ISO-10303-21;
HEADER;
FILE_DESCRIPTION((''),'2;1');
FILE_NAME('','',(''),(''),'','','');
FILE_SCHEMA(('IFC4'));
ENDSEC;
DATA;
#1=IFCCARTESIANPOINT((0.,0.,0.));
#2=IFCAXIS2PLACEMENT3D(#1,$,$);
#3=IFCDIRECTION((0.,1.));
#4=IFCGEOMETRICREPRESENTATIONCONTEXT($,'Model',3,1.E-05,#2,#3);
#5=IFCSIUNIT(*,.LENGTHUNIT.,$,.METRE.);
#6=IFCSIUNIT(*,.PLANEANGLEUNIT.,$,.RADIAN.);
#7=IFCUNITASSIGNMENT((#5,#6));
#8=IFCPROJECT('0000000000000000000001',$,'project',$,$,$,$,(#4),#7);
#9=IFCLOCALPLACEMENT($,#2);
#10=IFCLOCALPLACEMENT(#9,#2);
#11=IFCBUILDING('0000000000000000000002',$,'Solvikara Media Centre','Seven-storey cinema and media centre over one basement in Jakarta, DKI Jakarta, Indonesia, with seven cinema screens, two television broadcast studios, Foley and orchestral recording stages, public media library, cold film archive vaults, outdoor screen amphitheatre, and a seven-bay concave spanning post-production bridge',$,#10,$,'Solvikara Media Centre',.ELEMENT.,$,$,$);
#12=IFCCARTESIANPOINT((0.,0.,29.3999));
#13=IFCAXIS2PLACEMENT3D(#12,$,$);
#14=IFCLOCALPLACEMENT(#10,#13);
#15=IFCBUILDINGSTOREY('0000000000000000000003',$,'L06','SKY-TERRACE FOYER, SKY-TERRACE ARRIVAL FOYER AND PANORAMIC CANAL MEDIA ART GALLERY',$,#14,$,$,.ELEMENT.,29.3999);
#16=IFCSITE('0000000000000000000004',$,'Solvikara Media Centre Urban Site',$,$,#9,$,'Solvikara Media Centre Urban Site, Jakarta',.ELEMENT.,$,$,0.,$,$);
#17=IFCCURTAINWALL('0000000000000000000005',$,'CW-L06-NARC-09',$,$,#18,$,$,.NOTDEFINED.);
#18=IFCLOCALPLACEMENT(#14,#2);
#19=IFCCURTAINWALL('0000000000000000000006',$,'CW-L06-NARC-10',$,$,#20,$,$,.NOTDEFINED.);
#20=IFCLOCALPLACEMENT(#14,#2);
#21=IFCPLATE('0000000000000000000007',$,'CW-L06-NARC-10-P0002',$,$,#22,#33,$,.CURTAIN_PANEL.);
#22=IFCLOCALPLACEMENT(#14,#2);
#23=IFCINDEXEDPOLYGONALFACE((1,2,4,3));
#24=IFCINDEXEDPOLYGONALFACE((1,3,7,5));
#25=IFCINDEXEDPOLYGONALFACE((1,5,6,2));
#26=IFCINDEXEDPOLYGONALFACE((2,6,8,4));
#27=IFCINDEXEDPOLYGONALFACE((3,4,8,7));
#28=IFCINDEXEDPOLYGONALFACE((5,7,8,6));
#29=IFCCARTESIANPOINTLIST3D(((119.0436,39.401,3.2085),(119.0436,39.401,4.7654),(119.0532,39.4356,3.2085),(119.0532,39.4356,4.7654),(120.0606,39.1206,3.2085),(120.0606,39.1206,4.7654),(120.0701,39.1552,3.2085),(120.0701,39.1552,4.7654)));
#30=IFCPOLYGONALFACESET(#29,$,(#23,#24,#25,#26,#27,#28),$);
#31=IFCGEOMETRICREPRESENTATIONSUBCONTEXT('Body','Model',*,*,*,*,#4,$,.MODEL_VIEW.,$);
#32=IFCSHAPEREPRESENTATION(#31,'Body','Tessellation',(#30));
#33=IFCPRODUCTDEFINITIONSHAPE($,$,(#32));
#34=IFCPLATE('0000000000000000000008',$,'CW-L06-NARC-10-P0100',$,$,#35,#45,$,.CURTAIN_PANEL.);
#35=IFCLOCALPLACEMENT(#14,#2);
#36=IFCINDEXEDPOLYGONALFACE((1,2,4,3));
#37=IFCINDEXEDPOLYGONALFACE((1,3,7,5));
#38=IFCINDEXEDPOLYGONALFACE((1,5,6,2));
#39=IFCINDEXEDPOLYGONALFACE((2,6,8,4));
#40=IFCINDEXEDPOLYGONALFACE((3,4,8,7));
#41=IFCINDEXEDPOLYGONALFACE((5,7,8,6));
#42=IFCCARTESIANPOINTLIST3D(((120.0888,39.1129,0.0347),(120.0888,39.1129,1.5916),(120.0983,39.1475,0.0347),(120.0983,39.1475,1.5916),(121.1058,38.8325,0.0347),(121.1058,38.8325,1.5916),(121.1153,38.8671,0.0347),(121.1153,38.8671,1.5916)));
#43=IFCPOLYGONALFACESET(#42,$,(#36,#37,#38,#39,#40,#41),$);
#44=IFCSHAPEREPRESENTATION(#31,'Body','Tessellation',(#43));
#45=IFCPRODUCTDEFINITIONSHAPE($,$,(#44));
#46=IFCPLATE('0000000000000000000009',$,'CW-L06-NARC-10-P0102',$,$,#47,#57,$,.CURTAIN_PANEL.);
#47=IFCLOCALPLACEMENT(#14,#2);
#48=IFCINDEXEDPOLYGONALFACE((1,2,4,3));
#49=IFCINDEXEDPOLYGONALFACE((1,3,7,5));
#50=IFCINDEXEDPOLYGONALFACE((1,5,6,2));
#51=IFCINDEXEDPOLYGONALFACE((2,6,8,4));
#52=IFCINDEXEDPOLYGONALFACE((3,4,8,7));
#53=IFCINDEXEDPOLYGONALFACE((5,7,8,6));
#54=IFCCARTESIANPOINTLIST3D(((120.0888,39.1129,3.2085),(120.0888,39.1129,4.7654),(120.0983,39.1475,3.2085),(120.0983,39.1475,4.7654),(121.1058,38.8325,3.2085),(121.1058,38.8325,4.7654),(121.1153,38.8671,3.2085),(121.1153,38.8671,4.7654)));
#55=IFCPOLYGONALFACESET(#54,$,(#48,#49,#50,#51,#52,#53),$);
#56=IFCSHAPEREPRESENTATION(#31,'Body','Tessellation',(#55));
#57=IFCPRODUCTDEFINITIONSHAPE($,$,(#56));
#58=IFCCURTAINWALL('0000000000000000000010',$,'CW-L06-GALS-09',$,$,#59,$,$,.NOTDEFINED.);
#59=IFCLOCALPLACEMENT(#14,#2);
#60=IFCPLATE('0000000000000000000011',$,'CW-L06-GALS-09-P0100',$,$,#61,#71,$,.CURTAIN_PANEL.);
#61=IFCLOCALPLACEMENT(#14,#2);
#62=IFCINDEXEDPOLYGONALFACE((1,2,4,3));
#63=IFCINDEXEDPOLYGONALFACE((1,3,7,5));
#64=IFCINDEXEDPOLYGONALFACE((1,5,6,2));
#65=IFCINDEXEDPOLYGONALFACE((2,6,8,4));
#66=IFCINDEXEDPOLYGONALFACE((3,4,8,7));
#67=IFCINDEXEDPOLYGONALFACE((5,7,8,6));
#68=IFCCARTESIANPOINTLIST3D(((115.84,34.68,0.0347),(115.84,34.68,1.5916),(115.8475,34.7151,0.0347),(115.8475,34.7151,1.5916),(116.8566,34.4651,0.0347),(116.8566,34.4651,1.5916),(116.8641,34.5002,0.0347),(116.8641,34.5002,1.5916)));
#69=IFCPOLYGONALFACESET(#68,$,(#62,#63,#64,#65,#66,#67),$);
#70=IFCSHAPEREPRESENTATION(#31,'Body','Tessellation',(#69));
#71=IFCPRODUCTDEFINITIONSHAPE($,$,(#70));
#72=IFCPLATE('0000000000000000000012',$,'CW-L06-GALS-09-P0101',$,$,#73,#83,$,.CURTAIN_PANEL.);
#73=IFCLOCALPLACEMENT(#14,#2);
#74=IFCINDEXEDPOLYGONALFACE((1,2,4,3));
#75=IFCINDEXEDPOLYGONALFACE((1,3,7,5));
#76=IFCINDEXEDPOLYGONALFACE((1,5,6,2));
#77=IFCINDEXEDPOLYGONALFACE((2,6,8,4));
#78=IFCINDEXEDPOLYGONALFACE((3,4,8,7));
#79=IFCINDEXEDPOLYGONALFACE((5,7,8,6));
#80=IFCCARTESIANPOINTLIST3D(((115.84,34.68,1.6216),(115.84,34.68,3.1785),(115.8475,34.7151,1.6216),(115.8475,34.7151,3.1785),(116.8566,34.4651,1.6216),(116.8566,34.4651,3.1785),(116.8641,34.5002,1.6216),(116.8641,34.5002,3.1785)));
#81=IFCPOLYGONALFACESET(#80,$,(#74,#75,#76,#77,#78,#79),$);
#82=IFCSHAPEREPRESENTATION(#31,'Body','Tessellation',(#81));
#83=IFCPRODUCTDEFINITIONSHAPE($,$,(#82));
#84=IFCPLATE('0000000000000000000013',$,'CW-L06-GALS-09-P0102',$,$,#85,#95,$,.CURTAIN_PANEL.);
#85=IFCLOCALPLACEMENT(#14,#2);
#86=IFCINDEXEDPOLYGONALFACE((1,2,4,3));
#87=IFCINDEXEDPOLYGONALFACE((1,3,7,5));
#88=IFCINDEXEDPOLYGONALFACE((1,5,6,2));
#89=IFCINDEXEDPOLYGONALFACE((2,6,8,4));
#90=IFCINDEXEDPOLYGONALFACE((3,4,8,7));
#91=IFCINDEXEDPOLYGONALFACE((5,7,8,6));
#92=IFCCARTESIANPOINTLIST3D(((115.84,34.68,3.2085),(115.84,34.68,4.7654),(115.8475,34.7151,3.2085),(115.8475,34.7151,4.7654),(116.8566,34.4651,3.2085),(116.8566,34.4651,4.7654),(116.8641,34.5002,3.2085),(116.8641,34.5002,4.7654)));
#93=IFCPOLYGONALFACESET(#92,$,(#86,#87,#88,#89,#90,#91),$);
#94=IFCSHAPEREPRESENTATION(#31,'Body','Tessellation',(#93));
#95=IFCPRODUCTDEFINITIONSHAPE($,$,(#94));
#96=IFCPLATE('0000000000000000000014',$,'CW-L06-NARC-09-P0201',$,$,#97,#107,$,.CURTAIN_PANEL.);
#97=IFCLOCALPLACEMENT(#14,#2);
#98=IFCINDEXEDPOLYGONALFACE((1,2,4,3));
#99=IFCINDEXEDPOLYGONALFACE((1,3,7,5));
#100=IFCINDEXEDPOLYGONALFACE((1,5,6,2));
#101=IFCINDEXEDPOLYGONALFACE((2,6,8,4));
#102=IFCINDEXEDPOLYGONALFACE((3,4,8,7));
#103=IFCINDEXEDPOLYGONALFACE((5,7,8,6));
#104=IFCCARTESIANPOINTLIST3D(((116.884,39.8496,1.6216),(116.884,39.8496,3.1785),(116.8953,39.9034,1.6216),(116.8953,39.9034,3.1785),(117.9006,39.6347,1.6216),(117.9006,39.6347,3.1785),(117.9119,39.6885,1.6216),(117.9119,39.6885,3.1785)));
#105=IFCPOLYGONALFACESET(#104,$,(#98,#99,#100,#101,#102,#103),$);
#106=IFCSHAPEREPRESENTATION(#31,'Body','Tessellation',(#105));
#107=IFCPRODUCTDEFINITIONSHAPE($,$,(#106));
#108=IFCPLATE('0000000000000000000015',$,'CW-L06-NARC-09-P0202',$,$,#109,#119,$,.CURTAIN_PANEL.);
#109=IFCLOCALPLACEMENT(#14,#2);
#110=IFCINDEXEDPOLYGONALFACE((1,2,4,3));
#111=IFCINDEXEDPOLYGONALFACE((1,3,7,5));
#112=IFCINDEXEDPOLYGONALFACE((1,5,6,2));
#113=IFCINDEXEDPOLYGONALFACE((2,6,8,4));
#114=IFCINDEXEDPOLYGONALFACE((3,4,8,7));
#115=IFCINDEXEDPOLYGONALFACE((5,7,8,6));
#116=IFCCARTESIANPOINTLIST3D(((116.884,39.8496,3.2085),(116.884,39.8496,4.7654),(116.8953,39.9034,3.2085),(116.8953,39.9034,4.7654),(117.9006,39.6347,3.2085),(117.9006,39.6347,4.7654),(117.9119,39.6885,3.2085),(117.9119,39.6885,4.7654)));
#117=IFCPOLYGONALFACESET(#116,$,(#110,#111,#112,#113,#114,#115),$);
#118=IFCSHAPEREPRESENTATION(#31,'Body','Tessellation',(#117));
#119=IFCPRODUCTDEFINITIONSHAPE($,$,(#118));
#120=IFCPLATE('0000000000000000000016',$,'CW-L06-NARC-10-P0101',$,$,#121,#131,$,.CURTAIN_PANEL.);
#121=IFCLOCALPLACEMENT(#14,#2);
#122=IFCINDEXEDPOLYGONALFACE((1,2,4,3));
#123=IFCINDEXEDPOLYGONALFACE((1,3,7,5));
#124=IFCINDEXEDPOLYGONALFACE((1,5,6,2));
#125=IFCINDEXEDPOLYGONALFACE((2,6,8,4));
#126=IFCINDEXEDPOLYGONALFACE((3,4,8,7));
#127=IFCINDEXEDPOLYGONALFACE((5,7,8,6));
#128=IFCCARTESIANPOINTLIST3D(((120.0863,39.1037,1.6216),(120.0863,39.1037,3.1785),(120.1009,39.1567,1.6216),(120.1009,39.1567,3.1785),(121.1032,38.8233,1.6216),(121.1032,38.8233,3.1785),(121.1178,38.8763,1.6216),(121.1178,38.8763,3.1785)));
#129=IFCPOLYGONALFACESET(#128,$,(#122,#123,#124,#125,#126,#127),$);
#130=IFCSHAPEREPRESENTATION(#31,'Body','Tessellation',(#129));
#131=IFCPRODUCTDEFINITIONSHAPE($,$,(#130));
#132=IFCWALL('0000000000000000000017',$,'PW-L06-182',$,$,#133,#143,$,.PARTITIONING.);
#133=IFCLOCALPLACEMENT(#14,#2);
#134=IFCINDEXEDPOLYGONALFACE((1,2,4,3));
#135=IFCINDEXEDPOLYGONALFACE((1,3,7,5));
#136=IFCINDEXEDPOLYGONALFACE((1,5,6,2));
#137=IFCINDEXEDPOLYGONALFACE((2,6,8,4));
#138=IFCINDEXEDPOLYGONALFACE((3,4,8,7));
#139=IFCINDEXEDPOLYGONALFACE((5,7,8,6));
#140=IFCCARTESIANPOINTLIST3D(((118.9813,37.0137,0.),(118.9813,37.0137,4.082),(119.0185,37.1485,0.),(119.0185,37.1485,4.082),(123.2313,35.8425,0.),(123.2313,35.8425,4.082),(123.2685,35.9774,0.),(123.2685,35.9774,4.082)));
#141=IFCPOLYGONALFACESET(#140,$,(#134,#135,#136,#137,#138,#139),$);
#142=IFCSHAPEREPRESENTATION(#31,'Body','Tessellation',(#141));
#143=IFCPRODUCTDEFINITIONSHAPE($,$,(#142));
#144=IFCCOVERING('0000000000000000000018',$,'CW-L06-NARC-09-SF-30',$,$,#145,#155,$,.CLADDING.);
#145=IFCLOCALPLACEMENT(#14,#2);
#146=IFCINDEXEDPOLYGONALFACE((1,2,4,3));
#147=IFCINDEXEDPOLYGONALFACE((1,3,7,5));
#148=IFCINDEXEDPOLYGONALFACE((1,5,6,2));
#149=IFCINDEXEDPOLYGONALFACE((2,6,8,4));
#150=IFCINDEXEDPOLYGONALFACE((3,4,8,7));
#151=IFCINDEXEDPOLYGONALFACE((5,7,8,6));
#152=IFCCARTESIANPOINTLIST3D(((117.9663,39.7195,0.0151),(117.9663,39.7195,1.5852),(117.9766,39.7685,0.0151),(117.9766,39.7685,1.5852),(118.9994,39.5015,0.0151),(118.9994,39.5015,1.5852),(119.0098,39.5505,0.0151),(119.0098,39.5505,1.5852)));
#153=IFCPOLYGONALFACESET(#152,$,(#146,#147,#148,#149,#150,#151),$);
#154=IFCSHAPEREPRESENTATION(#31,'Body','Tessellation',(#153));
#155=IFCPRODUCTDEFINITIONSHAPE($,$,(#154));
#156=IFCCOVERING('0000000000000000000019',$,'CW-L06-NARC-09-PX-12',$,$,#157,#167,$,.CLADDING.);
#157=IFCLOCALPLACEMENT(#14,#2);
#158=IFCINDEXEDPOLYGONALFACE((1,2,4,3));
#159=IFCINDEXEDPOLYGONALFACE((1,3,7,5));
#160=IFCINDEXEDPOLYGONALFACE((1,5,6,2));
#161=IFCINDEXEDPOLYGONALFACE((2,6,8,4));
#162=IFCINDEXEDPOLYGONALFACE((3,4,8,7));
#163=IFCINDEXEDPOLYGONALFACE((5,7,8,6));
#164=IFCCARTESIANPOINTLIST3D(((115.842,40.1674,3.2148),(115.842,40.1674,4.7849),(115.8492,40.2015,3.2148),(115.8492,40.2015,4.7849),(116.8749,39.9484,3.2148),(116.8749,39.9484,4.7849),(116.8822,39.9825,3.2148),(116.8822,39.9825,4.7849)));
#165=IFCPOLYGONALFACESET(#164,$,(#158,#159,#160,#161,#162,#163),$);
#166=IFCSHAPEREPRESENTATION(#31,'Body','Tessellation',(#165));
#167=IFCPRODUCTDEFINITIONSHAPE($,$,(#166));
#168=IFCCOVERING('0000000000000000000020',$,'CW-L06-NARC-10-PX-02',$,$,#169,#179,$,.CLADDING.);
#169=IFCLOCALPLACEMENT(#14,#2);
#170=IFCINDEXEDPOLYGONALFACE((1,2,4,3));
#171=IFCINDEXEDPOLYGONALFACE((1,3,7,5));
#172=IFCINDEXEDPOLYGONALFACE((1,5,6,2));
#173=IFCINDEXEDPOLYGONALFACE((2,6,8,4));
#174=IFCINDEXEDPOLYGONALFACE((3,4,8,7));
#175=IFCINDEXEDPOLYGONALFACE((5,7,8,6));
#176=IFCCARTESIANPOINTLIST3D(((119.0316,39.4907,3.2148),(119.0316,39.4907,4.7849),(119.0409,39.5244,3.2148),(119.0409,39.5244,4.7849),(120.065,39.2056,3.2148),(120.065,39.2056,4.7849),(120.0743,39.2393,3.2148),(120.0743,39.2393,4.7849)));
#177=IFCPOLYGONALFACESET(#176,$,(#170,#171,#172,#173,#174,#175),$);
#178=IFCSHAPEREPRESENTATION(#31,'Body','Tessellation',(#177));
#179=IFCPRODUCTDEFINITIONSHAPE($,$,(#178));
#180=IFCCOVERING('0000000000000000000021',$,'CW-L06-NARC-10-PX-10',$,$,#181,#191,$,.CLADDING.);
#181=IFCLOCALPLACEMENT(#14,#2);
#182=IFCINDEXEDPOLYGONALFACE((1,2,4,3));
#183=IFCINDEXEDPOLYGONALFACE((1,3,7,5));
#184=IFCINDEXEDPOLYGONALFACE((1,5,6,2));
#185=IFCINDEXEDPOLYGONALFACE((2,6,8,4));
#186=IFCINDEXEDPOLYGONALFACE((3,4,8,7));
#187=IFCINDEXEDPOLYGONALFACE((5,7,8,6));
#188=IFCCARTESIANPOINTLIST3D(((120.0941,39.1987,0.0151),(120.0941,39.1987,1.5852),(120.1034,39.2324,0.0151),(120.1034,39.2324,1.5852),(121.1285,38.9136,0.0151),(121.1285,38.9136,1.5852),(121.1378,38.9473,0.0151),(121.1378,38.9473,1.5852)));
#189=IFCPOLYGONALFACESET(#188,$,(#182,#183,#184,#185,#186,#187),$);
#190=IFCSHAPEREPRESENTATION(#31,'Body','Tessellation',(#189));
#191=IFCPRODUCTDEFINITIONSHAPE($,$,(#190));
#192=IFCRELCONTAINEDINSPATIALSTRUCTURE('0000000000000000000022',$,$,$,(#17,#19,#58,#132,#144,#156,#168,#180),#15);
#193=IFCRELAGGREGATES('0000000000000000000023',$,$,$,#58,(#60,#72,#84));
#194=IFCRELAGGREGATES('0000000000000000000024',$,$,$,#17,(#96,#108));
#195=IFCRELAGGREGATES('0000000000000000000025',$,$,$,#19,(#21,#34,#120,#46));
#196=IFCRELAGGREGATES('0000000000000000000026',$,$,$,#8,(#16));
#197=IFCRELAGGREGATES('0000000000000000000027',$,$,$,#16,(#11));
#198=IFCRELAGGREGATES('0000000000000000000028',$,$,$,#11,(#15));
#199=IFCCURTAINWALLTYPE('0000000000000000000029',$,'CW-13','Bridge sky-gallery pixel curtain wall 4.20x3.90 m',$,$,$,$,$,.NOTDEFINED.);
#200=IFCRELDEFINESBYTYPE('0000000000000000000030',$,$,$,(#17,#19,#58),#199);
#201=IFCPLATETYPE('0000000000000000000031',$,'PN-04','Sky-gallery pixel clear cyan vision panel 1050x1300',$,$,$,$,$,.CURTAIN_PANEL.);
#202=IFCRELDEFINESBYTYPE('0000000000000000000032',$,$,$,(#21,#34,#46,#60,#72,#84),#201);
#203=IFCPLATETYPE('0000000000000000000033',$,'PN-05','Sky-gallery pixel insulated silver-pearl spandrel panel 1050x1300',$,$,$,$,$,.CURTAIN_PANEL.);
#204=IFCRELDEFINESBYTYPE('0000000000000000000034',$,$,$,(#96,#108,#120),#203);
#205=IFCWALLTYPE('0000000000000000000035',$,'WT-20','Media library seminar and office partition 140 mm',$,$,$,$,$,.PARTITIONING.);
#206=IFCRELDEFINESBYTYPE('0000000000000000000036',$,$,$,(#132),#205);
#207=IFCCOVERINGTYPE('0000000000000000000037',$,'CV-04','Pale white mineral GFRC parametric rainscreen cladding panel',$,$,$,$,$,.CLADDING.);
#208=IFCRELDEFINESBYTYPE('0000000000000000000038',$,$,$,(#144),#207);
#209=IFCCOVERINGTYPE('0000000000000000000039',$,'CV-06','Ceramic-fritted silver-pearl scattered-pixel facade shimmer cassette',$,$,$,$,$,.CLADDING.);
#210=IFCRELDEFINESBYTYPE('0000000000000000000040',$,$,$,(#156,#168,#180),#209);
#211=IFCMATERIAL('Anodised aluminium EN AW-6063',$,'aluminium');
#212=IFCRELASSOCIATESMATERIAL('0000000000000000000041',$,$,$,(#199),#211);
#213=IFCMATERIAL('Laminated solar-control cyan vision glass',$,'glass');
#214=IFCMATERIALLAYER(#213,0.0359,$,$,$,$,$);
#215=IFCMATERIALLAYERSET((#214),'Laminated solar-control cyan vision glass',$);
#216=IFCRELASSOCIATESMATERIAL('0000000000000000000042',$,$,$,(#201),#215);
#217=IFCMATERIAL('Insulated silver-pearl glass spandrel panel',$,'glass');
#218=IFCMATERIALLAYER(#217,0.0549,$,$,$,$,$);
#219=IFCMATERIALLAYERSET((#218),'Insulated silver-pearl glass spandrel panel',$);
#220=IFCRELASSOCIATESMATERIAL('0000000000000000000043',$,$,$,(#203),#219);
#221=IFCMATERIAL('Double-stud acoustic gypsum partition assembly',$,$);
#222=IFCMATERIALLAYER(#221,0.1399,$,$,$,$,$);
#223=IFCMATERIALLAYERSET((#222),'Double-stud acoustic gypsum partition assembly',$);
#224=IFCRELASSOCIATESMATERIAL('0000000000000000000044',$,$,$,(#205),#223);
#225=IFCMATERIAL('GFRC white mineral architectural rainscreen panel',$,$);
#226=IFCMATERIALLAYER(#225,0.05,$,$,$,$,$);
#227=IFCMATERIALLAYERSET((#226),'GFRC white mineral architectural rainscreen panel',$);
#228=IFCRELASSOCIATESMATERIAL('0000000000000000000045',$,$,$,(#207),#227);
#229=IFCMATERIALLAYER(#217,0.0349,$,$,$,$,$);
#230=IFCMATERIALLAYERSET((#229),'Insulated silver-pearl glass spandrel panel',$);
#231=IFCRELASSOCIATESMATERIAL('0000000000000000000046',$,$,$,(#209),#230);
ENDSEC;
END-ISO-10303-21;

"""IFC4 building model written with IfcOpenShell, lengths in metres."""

from ifc_helpers import new_model, si_unit, direction, frame, frame_2d, origin, origin_2d, place, context, subcontext, project, spatial, rectangle, extrude, material, layer, layer_set, type_object, element, aggregate, save


model = new_model("IFC4")

# Units and contexts
model_context = context("Model", 3, precision=1e-05, world=origin(), true_north=direction((0.0, 1.0)))
body_context = subcontext(model_context, "Body", "Model", "MODEL_VIEW")
ifc_project = project(units=[si_unit("LENGTHUNIT", "METRE"), si_unit("PLANEANGLEUNIT", "RADIAN")], contexts=[model_context])

# Site, building, storey
site_placement = place(None, origin())
site = spatial("IfcSite", under=ifc_project, at=site_placement, Name="Solvikara Media Centre Urban Site", LongName="Solvikara Media Centre Urban Site, Jakarta", CompositionType="ELEMENT", RefElevation=0.0)
building_placement = place(site_placement, origin())
building = spatial("IfcBuilding", under=site, at=building_placement, Name="Solvikara Media Centre", Description="Seven-storey cinema and media centre over one basement in Jakarta, DKI Jakarta, Indonesia, with seven cinema screens, two television broadcast studios, Foley and orchestral recording stages, public media library, cold film archive vaults, outdoor screen amphitheatre, and a seven-bay concave spanning post-production bridge", LongName="Solvikara Media Centre", CompositionType="ELEMENT")
storey_placement = place(building_placement, frame((0.0, 0.0, 29.3999)))
storey = spatial("IfcBuildingStorey", under=building, at=storey_placement, Name="L06", Description="SKY-TERRACE FOYER, SKY-TERRACE ARRIVAL FOYER AND PANORAMIC CANAL MEDIA ART GALLERY", CompositionType="ELEMENT", Elevation=29.3999)

# Curtain walls
ifc_material_1 = material(Name="Anodised aluminium EN AW-6063", Category="aluminium")
curtain_wall_type = type_object("IfcCurtainWallType", Name="CW-13", Description="Bridge sky-gallery pixel curtain wall 4.20x3.90 m", PredefinedType="NOTDEFINED", material=ifc_material_1)
curtain_wall_1_placement = place(storey_placement, origin())
curtain_wall_1 = element("IfcCurtainWall", 1, at=curtain_wall_1_placement, inside=storey, type_object=curtain_wall_type, Name="CW-L06-NARC-09", PredefinedType="NOTDEFINED")
curtain_wall_2_placement = place(storey_placement, origin())
curtain_wall_2 = element("IfcCurtainWall", 2, at=curtain_wall_2_placement, inside=storey, type_object=curtain_wall_type, Name="CW-L06-NARC-10", PredefinedType="NOTDEFINED")

# Plates
ifc_material_2 = material(Name="Laminated solar-control cyan vision glass", Category="glass")
ifc_layer_1 = layer(ifc_material_2, 0.0359)
ifc_layer_set_1 = layer_set([ifc_layer_1], Name="Laminated solar-control cyan vision glass")
plate_type_1 = type_object("IfcPlateType", Name="PN-04", Description="Sky-gallery pixel clear cyan vision panel 1050x1300", PredefinedType="CURTAIN_PANEL", material=ifc_layer_set_1)
plate_1_placement = place(storey_placement, frame((119.5569, 39.2781, 3.2085), z_axis=(0.0, 0.0, 1.0), x_axis=(0.96403, -0.265792, 0.0)))
plate_1 = element("IfcPlate", 3, at=plate_1_placement, type_object=plate_type_1, Name="CW-L06-NARC-10-P0002", PredefinedType="CURTAIN_PANEL", context=body_context, shape_type="SweptSolid", body=[
    extrude(rectangle(XDim=1.0549, YDim=0.0359, at=origin_2d()), origin(), (0.0, 0.0, 1.0), 1.5569),
])
plate_2_placement = place(storey_placement, frame((120.6021, 38.99, 0.0347), z_axis=(0.0, 0.0, 1.0), x_axis=(0.96403, -0.265792, 0.0)))
plate_2 = element("IfcPlate", 4, at=plate_2_placement, type_object=plate_type_1, Name="CW-L06-NARC-10-P0100", PredefinedType="CURTAIN_PANEL", context=body_context, shape_type="SweptSolid", body=[
    extrude(rectangle(XDim=1.0549, YDim=0.0359, at=origin_2d()), origin(), (0.0, 0.0, 1.0), 1.5569),
])
plate_3_placement = place(storey_placement, frame((120.6021, 38.99, 3.2085), z_axis=(0.0, 0.0, 1.0), x_axis=(0.96403, -0.265792, 0.0)))
plate_3 = element("IfcPlate", 5, at=plate_3_placement, type_object=plate_type_1, Name="CW-L06-NARC-10-P0102", PredefinedType="CURTAIN_PANEL", context=body_context, shape_type="SweptSolid", body=[
    extrude(rectangle(XDim=1.0549, YDim=0.0359, at=origin_2d()), origin(), (0.0, 0.0, 1.0), 1.5569),
])

# Curtain wall, plates
curtain_wall_3_placement = place(storey_placement, origin())
curtain_wall_3 = element("IfcCurtainWall", 6, at=curtain_wall_3_placement, inside=storey, type_object=curtain_wall_type, Name="CW-L06-GALS-09", PredefinedType="NOTDEFINED")
plate_4_placement = place(storey_placement, frame((116.3521, 34.5901, 0.0347), z_axis=(0.0, 0.0, 1.0), x_axis=(0.978379, -0.206819, 0.0)))
plate_4 = element("IfcPlate", 7, at=plate_4_placement, type_object=plate_type_1, Name="CW-L06-GALS-09-P0100", PredefinedType="CURTAIN_PANEL", context=body_context, shape_type="SweptSolid", body=[
    extrude(rectangle(XDim=1.0391, YDim=0.0359, at=origin_2d()), origin(), (0.0, 0.0, 1.0), 1.5569),
])
plate_5_placement = place(storey_placement, frame((116.3521, 34.5901, 1.6216), z_axis=(0.0, 0.0, 1.0), x_axis=(0.978379, -0.206819, 0.0)))
plate_5 = element("IfcPlate", 8, at=plate_5_placement, type_object=plate_type_1, Name="CW-L06-GALS-09-P0101", PredefinedType="CURTAIN_PANEL", context=body_context, shape_type="SweptSolid", body=[
    extrude(rectangle(XDim=1.0391, YDim=0.0359, at=origin_2d()), origin(), (0.0, 0.0, 1.0), 1.5569),
])
plate_6_placement = place(storey_placement, frame((116.3521, 34.5901, 3.2085), z_axis=(0.0, 0.0, 1.0), x_axis=(0.978379, -0.206819, 0.0)))
plate_6 = element("IfcPlate", 9, at=plate_6_placement, type_object=plate_type_1, Name="CW-L06-GALS-09-P0102", PredefinedType="CURTAIN_PANEL", context=body_context, shape_type="SweptSolid", body=[
    extrude(rectangle(XDim=1.0391, YDim=0.0359, at=origin_2d()), origin(), (0.0, 0.0, 1.0), 1.5569),
])
aggregate(curtain_wall_3, [plate_4, plate_5, plate_6])

# Plates
ifc_material_3 = material(Name="Insulated silver-pearl glass spandrel panel", Category="glass")
ifc_layer_2 = layer(ifc_material_3, 0.0549)
ifc_layer_set_2 = layer_set([ifc_layer_2], Name="Insulated silver-pearl glass spandrel panel")
plate_type_2 = type_object("IfcPlateType", Name="PN-05", Description="Sky-gallery pixel insulated silver-pearl spandrel panel 1050x1300", PredefinedType="CURTAIN_PANEL", material=ifc_layer_set_2)
plate_7_placement = place(storey_placement, frame((117.3979, 39.769, 1.6216), z_axis=(0.0, 0.0, 1.0), x_axis=(0.978379, -0.206819, 0.0)))
plate_7 = element("IfcPlate", 10, at=plate_7_placement, type_object=plate_type_2, Name="CW-L06-NARC-09-P0201", PredefinedType="CURTAIN_PANEL", context=body_context, shape_type="SweptSolid", body=[
    extrude(rectangle(XDim=1.0391, YDim=0.0549, at=origin_2d()), origin(), (0.0, 0.0, 1.0), 1.5569),
])
plate_8_placement = place(storey_placement, frame((117.3979, 39.769, 3.2085), z_axis=(0.0, 0.0, 1.0), x_axis=(0.978379, -0.206819, 0.0)))
plate_8 = element("IfcPlate", 11, at=plate_8_placement, type_object=plate_type_2, Name="CW-L06-NARC-09-P0202", PredefinedType="CURTAIN_PANEL", context=body_context, shape_type="SweptSolid", body=[
    extrude(rectangle(XDim=1.0391, YDim=0.0549, at=origin_2d()), origin(), (0.0, 0.0, 1.0), 1.5569),
])
aggregate(curtain_wall_1, [plate_7, plate_8])
plate_9_placement = place(storey_placement, frame((120.6021, 38.99, 1.6216), z_axis=(0.0, 0.0, 1.0), x_axis=(0.96403, -0.265792, 0.0)))
plate_9 = element("IfcPlate", 12, at=plate_9_placement, type_object=plate_type_2, Name="CW-L06-NARC-10-P0101", PredefinedType="CURTAIN_PANEL", context=body_context, shape_type="SweptSolid", body=[
    extrude(rectangle(XDim=1.0549, YDim=0.0549, at=origin_2d()), origin(), (0.0, 0.0, 1.0), 1.5569),
])
aggregate(curtain_wall_2, [plate_1, plate_2, plate_9, plate_3])

# Wall
ifc_material_4 = material(Name="Double-stud acoustic gypsum partition assembly")
ifc_layer_3 = layer(ifc_material_4, 0.1399)
ifc_layer_set_3 = layer_set([ifc_layer_3], Name="Double-stud acoustic gypsum partition assembly")
wall_type = type_object("IfcWallType", Name="WT-20", Description="Media library seminar and office partition 140 mm", PredefinedType="PARTITIONING", material=ifc_layer_set_3)
wall_placement = place(storey_placement, frame((119.0, 37.0811, 0.0), z_axis=(0.0, 0.0, 1.0), x_axis=(0.964067, -0.265661, 0.0)))
element("IfcWall", 13, at=wall_placement, inside=storey, type_object=wall_type, Name="PW-L06-182", PredefinedType="PARTITIONING", context=body_context, shape_type="SweptSolid", body=[
    extrude(rectangle(XDim=4.4084, YDim=0.1399, at=frame_2d((2.2041, 0.0))), origin(), (0.0, 0.0, 1.0), 4.082),
])

# Coverings
ifc_material_5 = material(Name="GFRC white mineral architectural rainscreen panel")
ifc_layer_4 = layer(ifc_material_5, 0.05)
ifc_layer_set_4 = layer_set([ifc_layer_4], Name="GFRC white mineral architectural rainscreen panel")
covering_type_1 = type_object("IfcCoveringType", Name="CV-04", Description="Pale white mineral GFRC parametric rainscreen cladding panel", PredefinedType="CLADDING", material=ifc_layer_set_4)
covering_1_placement = place(storey_placement, frame((118.488, 39.635, 0.0151), z_axis=(0.0, 0.0, 1.0), x_axis=(0.978448, -0.206495, 0.0)))
element("IfcCovering", 14, at=covering_1_placement, inside=storey, type_object=covering_type_1, Name="CW-L06-NARC-09-SF-30", PredefinedType="CLADDING", context=body_context, shape_type="SweptSolid", body=[
    extrude(rectangle(XDim=1.0559, YDim=0.05, at=origin_2d()), origin(), (0.0, 0.0, 1.0), 1.5701),
])
ifc_layer_5 = layer(ifc_material_3, 0.0349)
ifc_layer_set_5 = layer_set([ifc_layer_5], Name="Insulated silver-pearl glass spandrel panel")
covering_type_2 = type_object("IfcCoveringType", Name="CV-06", Description="Ceramic-fritted silver-pearl scattered-pixel facade shimmer cassette", PredefinedType="CLADDING", material=ifc_layer_set_5)
covering_2_placement = place(storey_placement, frame((116.3621, 40.075, 3.2148), z_axis=(0.0, 0.0, 1.0), x_axis=(0.978256, -0.2074, 0.0)))
element("IfcCovering", 15, at=covering_2_placement, inside=storey, type_object=covering_type_2, Name="CW-L06-NARC-09-PX-12", PredefinedType="CLADDING", context=body_context, shape_type="SweptSolid", body=[
    extrude(rectangle(XDim=1.0559, YDim=0.0349, at=origin_2d()), origin(), (0.0, 0.0, 1.0), 1.5701),
])
covering_3_placement = place(storey_placement, frame((119.553, 39.365, 3.2148), z_axis=(0.0, 0.0, 1.0), x_axis=(0.963984, -0.26596, 0.0)))
element("IfcCovering", 16, at=covering_3_placement, inside=storey, type_object=covering_type_2, Name="CW-L06-NARC-10-PX-02", PredefinedType="CLADDING", context=body_context, shape_type="SweptSolid", body=[
    extrude(rectangle(XDim=1.072, YDim=0.0349, at=origin_2d()), origin(), (0.0, 0.0, 1.0), 1.5701),
])
covering_4_placement = place(storey_placement, frame((120.616, 39.073, 0.0151), z_axis=(0.0, 0.0, 1.0), x_axis=(0.964049, -0.265724, 0.0)))
element("IfcCovering", 17, at=covering_4_placement, inside=storey, type_object=covering_type_2, Name="CW-L06-NARC-10-PX-10", PredefinedType="CLADDING", context=body_context, shape_type="SweptSolid", body=[
    extrude(rectangle(XDim=1.073, YDim=0.0349, at=origin_2d()), origin(), (0.0, 0.0, 1.0), 1.5701),
])

save(model, "model.ifc")
